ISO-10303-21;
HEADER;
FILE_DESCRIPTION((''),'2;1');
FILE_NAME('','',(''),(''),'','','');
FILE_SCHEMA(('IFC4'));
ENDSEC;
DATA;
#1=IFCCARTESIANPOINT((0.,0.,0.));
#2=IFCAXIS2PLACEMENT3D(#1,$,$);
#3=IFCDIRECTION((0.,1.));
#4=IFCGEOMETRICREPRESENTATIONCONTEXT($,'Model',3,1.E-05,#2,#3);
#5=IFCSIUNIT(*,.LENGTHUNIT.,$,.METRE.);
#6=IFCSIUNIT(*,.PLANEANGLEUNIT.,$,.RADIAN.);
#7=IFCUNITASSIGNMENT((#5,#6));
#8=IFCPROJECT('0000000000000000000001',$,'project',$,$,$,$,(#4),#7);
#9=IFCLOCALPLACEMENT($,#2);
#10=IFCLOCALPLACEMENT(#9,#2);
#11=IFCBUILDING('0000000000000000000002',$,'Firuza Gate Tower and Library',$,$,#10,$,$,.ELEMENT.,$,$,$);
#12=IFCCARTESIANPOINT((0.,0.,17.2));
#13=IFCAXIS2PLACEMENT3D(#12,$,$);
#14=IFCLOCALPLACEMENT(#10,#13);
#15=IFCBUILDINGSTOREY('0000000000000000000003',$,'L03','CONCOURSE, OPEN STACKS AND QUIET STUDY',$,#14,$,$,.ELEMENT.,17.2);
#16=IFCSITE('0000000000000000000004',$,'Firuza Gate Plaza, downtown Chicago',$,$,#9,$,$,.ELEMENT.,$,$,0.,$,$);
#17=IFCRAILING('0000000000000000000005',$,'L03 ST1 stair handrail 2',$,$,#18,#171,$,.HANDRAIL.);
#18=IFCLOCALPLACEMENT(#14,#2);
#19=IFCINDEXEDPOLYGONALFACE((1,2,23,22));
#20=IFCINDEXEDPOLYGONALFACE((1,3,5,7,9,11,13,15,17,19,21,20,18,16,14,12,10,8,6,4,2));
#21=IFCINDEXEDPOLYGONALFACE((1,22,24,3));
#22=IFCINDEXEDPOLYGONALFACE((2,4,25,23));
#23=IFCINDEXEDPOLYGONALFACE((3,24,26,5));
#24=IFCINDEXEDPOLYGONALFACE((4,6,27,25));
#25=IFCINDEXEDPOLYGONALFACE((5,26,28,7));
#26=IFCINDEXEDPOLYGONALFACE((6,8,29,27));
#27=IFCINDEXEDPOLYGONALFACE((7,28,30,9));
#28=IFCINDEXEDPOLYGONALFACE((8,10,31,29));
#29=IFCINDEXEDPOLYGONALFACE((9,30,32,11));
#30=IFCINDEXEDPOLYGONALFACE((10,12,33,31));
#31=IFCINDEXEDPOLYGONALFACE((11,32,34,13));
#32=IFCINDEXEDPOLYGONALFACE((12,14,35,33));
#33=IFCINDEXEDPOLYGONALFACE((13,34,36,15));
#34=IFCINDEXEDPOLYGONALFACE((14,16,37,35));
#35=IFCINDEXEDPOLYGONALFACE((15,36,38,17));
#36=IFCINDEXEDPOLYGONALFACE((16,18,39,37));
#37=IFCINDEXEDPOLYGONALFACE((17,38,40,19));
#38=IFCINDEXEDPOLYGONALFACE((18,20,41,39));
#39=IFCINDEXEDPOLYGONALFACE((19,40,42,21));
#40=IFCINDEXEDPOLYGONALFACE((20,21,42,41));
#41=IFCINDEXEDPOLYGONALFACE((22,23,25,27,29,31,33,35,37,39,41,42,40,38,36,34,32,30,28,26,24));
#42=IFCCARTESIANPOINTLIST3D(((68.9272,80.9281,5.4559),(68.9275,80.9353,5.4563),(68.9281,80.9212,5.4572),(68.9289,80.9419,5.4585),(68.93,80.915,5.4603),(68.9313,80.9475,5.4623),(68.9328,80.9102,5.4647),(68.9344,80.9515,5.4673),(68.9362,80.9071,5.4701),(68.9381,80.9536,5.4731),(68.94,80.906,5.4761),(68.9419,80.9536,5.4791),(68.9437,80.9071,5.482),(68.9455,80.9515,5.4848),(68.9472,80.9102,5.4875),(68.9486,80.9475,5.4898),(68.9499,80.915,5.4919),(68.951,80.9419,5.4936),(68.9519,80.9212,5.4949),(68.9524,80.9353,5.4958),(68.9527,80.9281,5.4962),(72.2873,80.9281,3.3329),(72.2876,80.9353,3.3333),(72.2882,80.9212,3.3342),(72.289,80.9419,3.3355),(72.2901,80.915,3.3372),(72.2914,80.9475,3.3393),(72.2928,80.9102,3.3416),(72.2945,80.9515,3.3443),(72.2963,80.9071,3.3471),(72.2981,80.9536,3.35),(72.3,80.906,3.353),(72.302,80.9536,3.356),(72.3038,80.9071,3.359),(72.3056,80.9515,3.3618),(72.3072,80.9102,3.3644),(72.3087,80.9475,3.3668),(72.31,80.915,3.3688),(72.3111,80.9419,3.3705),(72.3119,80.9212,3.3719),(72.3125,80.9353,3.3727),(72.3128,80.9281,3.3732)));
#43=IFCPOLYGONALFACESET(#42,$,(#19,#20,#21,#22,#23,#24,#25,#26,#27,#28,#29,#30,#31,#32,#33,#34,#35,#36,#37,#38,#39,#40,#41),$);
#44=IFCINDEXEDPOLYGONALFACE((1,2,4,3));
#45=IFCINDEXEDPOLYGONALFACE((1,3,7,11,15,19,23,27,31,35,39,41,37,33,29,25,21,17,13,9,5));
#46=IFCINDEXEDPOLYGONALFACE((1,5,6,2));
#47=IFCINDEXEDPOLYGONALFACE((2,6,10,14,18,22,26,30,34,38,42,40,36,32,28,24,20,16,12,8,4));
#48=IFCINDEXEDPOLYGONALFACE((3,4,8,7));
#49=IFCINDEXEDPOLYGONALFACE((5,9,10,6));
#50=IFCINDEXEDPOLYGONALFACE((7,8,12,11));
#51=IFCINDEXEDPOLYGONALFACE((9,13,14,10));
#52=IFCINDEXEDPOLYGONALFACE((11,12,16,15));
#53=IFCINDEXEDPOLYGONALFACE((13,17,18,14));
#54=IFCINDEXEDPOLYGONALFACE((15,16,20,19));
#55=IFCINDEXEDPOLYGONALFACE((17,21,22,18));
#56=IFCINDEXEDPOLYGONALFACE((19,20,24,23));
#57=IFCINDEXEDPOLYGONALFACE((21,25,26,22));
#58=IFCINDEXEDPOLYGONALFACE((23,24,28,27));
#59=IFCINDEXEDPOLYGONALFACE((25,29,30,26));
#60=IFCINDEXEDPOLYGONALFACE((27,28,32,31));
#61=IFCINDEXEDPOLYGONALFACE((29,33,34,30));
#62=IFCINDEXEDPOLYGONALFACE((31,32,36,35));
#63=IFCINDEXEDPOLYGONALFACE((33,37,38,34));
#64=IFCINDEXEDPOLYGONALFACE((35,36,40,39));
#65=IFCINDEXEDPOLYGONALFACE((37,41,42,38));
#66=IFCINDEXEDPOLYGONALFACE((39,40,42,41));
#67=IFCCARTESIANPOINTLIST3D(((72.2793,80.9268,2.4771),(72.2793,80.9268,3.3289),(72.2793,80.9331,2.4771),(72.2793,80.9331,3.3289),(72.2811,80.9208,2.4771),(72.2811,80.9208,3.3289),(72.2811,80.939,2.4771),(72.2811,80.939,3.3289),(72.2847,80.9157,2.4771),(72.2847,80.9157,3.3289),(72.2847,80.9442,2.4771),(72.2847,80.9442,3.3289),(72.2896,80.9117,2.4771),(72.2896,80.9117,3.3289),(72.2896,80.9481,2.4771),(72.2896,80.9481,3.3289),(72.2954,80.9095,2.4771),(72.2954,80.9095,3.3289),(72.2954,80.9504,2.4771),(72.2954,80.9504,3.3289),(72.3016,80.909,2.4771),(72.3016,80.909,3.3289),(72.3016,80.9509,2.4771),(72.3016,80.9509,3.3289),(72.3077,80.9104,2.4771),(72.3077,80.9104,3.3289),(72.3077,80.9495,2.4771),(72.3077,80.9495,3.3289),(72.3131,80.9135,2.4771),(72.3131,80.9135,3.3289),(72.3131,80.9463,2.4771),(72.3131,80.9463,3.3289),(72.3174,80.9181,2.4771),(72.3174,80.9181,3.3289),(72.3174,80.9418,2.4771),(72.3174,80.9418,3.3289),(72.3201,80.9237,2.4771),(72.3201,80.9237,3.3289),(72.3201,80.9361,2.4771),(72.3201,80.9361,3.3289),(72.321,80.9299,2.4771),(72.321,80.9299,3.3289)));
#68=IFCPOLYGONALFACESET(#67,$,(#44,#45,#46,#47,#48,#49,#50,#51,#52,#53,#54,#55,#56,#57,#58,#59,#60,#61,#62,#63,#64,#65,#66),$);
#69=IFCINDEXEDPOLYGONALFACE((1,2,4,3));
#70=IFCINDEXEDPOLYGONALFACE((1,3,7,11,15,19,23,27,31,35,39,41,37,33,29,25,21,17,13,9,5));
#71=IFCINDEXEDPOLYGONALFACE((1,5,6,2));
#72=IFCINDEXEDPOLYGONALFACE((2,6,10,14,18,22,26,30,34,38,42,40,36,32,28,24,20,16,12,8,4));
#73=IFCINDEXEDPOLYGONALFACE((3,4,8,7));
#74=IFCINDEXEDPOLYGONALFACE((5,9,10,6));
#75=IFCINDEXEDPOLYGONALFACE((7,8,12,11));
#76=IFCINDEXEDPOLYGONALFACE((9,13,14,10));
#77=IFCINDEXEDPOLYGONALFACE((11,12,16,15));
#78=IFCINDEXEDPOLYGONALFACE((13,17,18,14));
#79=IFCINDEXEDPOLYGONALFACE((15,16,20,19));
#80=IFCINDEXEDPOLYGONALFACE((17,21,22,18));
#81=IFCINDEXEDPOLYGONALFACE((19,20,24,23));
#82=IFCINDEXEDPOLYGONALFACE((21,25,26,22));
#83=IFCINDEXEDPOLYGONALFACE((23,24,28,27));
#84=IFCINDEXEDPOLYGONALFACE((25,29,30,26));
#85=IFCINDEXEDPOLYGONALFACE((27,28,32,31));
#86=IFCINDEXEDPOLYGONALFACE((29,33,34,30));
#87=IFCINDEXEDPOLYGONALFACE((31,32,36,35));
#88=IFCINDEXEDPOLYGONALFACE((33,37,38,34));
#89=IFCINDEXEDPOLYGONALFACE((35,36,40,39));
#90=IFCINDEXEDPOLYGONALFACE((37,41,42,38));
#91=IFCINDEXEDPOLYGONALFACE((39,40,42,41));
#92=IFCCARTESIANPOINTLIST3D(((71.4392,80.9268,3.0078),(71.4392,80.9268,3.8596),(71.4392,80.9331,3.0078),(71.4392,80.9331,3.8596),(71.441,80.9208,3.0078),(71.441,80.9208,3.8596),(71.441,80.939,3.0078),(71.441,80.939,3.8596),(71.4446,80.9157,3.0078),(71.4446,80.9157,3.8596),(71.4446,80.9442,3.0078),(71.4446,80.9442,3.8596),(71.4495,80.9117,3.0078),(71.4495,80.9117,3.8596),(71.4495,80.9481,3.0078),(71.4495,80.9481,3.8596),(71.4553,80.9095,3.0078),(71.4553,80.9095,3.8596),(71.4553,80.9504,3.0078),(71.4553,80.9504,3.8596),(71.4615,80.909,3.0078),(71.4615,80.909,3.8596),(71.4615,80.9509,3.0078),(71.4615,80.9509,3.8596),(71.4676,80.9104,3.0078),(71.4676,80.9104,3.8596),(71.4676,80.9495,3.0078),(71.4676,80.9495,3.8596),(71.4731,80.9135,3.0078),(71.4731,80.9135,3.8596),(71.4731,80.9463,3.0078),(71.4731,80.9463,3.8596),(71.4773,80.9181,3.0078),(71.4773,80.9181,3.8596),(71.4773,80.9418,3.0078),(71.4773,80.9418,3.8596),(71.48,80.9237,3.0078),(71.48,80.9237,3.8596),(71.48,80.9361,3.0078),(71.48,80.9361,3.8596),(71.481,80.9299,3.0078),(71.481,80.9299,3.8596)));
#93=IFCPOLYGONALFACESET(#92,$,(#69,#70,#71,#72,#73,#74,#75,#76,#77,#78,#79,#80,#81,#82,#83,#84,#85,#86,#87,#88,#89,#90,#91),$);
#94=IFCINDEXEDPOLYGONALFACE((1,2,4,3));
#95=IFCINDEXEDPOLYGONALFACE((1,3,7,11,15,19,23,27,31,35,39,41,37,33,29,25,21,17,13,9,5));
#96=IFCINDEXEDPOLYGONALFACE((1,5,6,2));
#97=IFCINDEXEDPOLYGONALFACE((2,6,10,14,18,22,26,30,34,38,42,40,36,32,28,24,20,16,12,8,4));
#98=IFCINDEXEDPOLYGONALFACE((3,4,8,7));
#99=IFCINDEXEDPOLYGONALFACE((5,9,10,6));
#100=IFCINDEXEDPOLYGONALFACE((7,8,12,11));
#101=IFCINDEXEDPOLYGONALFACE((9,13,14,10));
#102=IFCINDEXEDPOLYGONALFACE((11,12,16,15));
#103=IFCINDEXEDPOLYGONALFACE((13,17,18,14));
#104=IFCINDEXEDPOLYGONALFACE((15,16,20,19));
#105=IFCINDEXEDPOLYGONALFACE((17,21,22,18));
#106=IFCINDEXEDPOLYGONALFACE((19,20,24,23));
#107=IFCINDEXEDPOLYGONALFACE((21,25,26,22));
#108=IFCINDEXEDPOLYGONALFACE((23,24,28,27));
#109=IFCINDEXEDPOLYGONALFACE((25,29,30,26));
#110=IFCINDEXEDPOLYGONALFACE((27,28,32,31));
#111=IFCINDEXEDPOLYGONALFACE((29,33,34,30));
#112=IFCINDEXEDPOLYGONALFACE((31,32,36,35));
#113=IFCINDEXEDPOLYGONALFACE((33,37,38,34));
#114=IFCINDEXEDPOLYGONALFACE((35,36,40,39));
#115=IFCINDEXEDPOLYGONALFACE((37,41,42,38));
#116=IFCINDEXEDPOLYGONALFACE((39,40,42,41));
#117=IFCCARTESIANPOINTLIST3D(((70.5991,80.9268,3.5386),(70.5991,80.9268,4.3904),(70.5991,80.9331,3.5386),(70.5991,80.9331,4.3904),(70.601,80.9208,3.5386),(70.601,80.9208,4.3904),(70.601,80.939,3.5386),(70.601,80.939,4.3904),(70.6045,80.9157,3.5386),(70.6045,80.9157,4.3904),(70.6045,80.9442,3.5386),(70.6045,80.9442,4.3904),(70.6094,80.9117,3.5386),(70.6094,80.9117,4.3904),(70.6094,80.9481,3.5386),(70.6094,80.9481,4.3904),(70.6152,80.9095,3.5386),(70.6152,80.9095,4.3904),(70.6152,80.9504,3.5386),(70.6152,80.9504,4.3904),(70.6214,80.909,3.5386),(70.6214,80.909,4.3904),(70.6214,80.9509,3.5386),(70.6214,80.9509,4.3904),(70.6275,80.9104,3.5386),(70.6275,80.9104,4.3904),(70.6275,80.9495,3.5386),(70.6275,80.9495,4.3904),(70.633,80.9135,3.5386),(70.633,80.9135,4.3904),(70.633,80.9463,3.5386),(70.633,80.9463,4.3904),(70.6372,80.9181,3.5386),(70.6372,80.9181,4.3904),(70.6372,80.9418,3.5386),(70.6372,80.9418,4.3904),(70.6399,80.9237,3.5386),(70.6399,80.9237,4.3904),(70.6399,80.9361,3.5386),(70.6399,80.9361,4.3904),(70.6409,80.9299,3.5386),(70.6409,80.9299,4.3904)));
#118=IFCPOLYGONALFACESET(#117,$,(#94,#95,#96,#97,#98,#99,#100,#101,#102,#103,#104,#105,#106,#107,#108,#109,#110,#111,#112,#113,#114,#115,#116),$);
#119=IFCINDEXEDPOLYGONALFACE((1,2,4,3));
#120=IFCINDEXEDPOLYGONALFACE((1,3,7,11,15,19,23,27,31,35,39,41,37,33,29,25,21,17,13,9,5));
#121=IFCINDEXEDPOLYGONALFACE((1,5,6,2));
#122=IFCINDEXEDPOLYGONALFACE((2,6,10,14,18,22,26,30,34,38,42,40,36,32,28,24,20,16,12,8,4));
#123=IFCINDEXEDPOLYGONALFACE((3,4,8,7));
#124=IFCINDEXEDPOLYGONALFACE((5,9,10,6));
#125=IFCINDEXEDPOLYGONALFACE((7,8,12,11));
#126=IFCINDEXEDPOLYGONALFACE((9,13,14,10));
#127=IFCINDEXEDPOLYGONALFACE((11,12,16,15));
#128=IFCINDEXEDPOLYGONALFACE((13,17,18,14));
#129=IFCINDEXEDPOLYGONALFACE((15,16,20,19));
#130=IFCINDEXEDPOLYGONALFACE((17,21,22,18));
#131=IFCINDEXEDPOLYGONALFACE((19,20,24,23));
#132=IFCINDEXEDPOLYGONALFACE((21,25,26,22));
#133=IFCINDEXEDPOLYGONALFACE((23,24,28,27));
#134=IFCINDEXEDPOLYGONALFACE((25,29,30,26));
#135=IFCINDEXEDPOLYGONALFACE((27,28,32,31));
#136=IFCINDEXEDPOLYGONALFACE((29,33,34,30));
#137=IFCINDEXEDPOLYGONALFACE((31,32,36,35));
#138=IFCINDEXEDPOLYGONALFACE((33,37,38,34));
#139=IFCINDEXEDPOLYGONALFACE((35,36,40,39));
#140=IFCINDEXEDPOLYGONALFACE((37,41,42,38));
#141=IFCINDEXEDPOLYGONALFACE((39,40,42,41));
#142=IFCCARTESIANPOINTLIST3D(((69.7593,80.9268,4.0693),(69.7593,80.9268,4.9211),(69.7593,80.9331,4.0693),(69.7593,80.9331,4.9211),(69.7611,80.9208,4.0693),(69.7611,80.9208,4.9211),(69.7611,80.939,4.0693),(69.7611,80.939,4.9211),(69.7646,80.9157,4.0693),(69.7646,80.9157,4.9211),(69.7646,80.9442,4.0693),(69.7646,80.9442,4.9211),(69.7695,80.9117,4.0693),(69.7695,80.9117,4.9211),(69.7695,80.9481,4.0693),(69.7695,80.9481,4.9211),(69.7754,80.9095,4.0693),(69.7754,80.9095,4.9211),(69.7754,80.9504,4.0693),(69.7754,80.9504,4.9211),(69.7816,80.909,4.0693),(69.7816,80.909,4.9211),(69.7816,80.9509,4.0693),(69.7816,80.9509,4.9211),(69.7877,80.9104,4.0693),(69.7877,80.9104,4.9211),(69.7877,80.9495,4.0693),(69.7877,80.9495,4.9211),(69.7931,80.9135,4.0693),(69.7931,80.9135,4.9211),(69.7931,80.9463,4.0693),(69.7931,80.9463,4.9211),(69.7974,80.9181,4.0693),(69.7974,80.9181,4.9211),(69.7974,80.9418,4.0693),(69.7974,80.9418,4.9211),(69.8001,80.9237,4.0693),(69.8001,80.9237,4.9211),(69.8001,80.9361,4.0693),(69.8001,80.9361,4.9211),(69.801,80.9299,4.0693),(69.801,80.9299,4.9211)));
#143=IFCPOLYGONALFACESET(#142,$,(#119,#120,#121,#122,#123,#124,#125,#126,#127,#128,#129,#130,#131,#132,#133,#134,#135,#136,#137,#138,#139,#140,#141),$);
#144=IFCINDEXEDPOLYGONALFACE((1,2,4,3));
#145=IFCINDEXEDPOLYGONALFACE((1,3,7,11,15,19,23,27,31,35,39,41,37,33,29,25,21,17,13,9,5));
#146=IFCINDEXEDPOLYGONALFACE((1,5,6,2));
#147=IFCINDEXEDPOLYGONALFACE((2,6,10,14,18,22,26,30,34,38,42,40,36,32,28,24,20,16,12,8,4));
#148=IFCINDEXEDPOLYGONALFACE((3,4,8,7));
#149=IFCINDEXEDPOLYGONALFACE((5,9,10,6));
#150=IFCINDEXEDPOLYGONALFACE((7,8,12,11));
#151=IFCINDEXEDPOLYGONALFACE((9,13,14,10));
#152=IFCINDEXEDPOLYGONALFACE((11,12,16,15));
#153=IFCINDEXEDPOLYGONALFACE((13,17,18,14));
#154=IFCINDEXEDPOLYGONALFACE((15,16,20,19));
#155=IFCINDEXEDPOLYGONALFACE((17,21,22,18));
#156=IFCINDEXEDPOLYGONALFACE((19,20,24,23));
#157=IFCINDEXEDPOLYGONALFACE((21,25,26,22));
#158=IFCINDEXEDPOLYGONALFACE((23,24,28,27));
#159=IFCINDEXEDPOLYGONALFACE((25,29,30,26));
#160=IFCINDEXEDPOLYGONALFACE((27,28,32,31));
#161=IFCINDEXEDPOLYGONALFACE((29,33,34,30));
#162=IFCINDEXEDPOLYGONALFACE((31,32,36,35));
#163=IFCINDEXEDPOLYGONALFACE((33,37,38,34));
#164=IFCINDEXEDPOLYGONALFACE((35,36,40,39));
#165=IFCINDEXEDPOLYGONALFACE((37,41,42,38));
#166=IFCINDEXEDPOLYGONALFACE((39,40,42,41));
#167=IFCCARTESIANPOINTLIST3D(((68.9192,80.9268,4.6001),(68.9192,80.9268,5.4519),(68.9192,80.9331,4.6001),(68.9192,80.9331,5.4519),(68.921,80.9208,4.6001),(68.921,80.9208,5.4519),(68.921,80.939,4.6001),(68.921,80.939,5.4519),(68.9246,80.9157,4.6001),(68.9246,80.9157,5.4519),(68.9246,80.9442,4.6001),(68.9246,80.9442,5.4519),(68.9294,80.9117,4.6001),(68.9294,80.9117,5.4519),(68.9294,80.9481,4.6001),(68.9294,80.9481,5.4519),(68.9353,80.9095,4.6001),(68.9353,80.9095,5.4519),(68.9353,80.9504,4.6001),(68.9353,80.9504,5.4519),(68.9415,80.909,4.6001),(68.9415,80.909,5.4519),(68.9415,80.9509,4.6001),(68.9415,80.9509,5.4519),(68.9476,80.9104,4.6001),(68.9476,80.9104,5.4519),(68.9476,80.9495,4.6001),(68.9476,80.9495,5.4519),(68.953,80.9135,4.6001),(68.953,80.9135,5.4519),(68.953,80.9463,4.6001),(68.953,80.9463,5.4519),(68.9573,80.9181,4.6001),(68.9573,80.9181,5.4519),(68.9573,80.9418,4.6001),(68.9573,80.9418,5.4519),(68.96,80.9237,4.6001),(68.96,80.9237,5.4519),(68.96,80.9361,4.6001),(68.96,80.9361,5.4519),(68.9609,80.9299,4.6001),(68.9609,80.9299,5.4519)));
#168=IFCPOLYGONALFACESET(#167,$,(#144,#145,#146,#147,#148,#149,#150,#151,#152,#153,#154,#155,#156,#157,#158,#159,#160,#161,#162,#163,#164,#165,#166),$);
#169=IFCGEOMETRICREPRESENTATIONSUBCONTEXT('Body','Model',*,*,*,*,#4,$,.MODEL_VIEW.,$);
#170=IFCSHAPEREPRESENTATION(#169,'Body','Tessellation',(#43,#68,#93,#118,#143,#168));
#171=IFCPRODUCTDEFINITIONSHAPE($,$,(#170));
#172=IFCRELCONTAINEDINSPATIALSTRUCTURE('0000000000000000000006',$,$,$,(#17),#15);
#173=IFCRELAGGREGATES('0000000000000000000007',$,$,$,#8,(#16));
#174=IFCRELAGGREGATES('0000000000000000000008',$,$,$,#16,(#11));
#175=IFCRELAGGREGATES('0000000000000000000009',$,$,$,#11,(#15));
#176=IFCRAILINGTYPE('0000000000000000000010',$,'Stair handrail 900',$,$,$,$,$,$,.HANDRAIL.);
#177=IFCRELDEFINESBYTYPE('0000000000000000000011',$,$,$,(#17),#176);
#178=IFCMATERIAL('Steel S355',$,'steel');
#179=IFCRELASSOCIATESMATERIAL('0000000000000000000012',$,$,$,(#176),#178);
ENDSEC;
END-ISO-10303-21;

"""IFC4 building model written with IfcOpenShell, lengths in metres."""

from ifc_helpers import new_model, si_unit, direction, frame, origin, origin_2d, place, context, subcontext, project, spatial, circle, extrude, material, type_object, element, save


model = new_model("IFC4")

# Units and contexts
model_context = context("Model", 3, precision=1e-05, world=origin(), true_north=direction((0.0, 1.0)))
body_context = subcontext(model_context, "Body", "Model", "MODEL_VIEW")
ifc_project = project(units=[si_unit("LENGTHUNIT", "METRE"), si_unit("PLANEANGLEUNIT", "RADIAN")], contexts=[model_context])

# Site, building, storey
site_placement = place(None, origin())
site = spatial("IfcSite", under=ifc_project, at=site_placement, Name="Firuza Gate Plaza, downtown Chicago", CompositionType="ELEMENT", RefElevation=0.0)
building_placement = place(site_placement, origin())
building = spatial("IfcBuilding", under=site, at=building_placement, Name="Firuza Gate Tower and Library", CompositionType="ELEMENT")
storey_placement = place(building_placement, frame((0.0, 0.0, 17.2)))
storey = spatial("IfcBuildingStorey", under=building, at=storey_placement, Name="L03", Description="CONCOURSE, OPEN STACKS AND QUIET STUDY", CompositionType="ELEMENT", Elevation=17.2)

# Railing
ifc_material_1 = material(Name="Steel S355", Category="steel")
railing_type_1 = type_object("IfcRailingType", Name="Stair handrail 900", PredefinedType="HANDRAIL", material=ifc_material_1)
railing_1_placement = place(storey_placement, frame((72.3, 80.9299, 2.4771)))
element("IfcRailing", 1, at=railing_1_placement, inside=storey, type_object=railing_type_1, Name="L03 ST1 stair handrail 2", PredefinedType="HANDRAIL", context=body_context, shape_type="SweptSolid", body=[
    extrude(circle(Radius=0.0239, at=origin_2d()), frame((0.0, 0.0, 0.876), z_axis=(-0.84539, 0.0, 0.53415), x_axis=(0.0, -1.0, 0.0)), (0.0, 0.0, 1.0), 3.9746),
    extrude(circle(Radius=0.021, at=origin_2d()), origin(), (0.0, 0.0, 1.0), 0.8518),
    extrude(circle(Radius=0.021, at=origin_2d()), frame((-0.8401, 0.0, 0.5308)), (0.0, 0.0, 1.0), 0.8518),
    extrude(circle(Radius=0.021, at=origin_2d()), frame((-1.6802, 0.0, 1.0615)), (0.0, 0.0, 1.0), 0.8518),
    extrude(circle(Radius=0.021, at=origin_2d()), frame((-2.52, 0.0, 1.5923)), (0.0, 0.0, 1.0), 0.8518),
    extrude(circle(Radius=0.021, at=origin_2d()), frame((-3.3601, 0.0, 2.123)), (0.0, 0.0, 1.0), 0.8518),
])

save(model, "model.ifc")
